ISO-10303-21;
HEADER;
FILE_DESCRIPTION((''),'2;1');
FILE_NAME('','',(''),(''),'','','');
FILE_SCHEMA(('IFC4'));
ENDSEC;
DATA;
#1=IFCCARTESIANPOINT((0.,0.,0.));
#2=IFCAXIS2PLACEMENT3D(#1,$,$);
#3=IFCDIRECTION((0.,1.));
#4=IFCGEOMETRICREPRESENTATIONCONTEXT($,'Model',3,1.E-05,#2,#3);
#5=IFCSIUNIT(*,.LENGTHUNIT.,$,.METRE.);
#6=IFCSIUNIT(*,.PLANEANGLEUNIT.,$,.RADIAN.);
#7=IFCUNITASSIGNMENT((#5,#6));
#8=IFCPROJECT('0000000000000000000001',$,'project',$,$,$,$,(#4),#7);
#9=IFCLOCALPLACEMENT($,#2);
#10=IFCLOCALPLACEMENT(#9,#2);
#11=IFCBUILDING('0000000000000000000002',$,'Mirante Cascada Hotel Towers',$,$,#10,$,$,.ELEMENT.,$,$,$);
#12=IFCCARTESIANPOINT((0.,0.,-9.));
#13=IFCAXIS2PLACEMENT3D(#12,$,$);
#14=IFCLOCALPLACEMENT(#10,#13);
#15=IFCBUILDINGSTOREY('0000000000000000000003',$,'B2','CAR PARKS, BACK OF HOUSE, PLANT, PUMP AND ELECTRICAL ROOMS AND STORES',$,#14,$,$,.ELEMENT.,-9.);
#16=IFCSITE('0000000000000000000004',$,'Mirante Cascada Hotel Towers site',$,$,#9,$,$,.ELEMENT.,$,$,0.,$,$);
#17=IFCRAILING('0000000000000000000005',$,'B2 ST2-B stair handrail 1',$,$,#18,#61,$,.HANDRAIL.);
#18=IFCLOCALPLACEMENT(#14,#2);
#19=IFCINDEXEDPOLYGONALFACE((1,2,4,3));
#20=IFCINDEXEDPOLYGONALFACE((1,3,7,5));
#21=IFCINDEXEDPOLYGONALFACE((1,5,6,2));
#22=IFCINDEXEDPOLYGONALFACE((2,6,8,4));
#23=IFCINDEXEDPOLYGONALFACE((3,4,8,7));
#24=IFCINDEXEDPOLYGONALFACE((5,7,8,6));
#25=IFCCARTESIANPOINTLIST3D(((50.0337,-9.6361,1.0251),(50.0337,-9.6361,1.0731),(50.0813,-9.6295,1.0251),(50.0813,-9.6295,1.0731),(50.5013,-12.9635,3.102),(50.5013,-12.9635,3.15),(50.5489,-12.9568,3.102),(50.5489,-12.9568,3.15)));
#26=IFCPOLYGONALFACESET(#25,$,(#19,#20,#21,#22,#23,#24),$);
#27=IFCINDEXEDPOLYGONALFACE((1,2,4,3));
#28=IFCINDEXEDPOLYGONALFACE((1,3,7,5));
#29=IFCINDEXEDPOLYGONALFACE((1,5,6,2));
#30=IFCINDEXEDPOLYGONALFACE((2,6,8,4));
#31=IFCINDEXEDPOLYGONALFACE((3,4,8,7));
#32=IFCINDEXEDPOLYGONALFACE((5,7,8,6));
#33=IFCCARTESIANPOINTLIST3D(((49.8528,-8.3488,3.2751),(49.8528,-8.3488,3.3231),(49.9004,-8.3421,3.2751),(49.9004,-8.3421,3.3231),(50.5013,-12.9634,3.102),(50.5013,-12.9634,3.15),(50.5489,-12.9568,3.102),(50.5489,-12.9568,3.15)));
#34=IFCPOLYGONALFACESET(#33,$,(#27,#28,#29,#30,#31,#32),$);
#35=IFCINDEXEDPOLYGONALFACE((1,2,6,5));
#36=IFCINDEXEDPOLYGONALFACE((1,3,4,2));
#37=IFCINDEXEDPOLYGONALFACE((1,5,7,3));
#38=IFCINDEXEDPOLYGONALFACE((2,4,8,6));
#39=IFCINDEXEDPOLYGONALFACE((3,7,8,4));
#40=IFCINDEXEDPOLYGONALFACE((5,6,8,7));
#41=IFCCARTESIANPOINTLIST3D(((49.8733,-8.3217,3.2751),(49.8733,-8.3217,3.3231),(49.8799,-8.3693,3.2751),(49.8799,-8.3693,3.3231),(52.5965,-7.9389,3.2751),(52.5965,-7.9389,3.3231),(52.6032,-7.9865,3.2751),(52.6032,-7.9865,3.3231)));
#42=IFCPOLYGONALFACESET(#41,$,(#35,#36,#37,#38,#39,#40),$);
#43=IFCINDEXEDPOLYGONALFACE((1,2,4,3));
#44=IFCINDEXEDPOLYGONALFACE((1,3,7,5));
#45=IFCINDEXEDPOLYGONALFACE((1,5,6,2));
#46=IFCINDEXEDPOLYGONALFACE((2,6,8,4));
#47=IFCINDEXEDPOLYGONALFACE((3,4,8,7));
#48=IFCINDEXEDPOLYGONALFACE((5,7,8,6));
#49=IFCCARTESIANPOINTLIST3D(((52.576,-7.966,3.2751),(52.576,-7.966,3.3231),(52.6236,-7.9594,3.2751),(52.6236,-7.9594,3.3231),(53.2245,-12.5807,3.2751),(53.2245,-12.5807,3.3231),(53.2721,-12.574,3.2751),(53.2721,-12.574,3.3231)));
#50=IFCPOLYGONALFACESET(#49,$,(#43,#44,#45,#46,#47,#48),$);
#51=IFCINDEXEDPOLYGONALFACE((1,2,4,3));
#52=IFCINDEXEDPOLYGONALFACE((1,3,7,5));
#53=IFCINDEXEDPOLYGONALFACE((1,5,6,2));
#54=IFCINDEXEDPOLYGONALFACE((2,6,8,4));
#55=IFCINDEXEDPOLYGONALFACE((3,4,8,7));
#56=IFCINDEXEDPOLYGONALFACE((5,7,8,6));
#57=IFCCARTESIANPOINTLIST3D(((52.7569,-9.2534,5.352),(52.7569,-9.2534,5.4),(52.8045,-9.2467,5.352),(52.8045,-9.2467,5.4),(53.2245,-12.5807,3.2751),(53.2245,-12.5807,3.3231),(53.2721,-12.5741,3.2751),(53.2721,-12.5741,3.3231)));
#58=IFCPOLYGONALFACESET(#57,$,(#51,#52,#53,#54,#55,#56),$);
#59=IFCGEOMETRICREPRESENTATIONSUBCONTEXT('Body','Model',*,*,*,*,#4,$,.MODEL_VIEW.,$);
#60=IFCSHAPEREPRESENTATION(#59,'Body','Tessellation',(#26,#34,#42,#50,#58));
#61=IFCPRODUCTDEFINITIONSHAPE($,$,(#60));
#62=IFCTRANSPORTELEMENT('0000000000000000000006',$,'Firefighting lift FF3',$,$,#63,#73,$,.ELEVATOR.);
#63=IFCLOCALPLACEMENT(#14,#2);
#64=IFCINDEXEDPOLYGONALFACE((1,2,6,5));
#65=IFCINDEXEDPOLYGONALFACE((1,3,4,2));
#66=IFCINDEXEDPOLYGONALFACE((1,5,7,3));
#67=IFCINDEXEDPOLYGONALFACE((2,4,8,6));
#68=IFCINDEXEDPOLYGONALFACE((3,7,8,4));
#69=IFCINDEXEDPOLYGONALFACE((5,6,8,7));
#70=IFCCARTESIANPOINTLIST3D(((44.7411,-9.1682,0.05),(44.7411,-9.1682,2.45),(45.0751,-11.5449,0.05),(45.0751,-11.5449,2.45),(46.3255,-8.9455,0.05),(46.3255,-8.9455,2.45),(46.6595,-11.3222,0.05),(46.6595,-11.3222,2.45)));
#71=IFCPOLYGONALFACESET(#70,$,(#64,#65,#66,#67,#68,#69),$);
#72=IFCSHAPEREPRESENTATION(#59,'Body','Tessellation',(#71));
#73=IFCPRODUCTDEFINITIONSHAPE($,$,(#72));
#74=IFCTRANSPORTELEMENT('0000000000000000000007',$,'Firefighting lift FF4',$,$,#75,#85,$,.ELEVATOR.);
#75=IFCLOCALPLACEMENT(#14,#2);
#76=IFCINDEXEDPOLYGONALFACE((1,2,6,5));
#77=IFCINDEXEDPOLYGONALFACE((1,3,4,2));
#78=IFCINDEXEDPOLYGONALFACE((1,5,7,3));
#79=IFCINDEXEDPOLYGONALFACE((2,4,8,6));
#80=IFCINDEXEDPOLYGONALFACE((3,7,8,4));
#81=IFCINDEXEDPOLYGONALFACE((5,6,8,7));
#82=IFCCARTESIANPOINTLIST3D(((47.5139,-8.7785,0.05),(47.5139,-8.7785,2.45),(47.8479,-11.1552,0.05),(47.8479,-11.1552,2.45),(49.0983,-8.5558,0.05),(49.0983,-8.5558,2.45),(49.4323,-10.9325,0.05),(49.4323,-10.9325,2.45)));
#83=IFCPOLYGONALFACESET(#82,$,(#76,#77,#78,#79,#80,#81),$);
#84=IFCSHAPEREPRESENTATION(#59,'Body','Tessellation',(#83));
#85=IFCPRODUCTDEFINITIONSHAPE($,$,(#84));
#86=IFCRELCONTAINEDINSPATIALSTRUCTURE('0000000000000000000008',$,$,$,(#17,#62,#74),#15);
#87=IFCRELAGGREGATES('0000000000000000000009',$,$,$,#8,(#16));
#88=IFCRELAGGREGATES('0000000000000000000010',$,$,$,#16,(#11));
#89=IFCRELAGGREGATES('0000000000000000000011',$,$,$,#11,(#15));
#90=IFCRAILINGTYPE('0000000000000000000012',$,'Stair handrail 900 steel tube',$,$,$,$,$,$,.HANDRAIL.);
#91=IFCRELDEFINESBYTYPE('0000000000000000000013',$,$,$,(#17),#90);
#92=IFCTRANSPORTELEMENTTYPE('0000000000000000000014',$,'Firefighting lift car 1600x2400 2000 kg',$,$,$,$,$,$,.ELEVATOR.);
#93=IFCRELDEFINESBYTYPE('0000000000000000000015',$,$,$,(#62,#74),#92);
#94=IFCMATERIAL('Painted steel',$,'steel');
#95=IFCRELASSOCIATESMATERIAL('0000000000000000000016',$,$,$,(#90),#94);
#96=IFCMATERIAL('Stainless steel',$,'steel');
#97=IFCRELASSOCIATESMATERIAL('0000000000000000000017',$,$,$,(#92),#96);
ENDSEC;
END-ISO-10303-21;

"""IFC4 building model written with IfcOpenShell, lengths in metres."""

from ifc_helpers import new_model, si_unit, direction, frame, origin, origin_2d, place, context, subcontext, project, spatial, rectangle, extrude, material, type_object, element, save


model = new_model("IFC4")

# Units and contexts
model_context = context("Model", 3, precision=1e-05, world=origin(), true_north=direction((0.0, 1.0)))
body_context = subcontext(model_context, "Body", "Model", "MODEL_VIEW")
ifc_project = project(units=[si_unit("LENGTHUNIT", "METRE"), si_unit("PLANEANGLEUNIT", "RADIAN")], contexts=[model_context])

# Site, building, storey
site_placement = place(None, origin())
site = spatial("IfcSite", under=ifc_project, at=site_placement, Name="Mirante Cascada Hotel Towers site", CompositionType="ELEMENT", RefElevation=0.0)
building_placement = place(site_placement, origin())
building = spatial("IfcBuilding", under=site, at=building_placement, Name="Mirante Cascada Hotel Towers", CompositionType="ELEMENT")
storey_placement = place(building_placement, frame((0.0, 0.0, -9.0)))
storey = spatial("IfcBuildingStorey", under=building, at=storey_placement, Name="B2", Description="CAR PARKS, BACK OF HOUSE, PLANT, PUMP AND ELECTRICAL ROOMS AND STORES", CompositionType="ELEMENT", Elevation=-9.0)

# Railing
ifc_material_1 = material(Name="Painted steel", Category="steel")
railing_type_1 = type_object("IfcRailingType", Name="Stair handrail 900 steel tube", PredefinedType="HANDRAIL", material=ifc_material_1)
railing_1_placement = place(storey_placement, frame((50.0575, -9.6328, 0.1731)))
element("IfcRailing", 1, at=railing_1_placement, inside=storey, type_object=railing_type_1, Name="B2 ST2-B stair handrail 1", PredefinedType="HANDRAIL", context=body_context, shape_type="SweptSolid", body=[
    extrude(rectangle(XDim=0.048, YDim=0.048, at=origin_2d()), frame((0.0, 0.0, 0.876), z_axis=(0.139167, -0.990269, 0.0), x_axis=(0.990269, 0.139167, 0.0)), (0.0, 0.525787, 0.850616), 3.9501),
    extrude(rectangle(XDim=0.048, YDim=0.048, at=origin_2d()), frame((0.4676, -3.3273, 2.9529), z_axis=(-0.139165, 0.990269, 0.0), x_axis=(-0.990269, -0.139165, 0.0)), (0.0, 0.037121, 0.999311), 4.6632),
    extrude(rectangle(XDim=0.048, YDim=0.048, at=origin_2d()), frame((-0.1809, 1.2873, 3.126), z_axis=(0.990264, 0.139201, 0.0), x_axis=(-0.139201, 0.990264, 0.0)), (0.0, 0.0, 1.0), 2.75),
    extrude(rectangle(XDim=0.048, YDim=0.048, at=origin_2d()), frame((2.5423, 1.6701, 3.126), z_axis=(0.139162, -0.99027, 0.0), x_axis=(0.99027, 0.139162, 0.0)), (0.0, 0.0, 1.0), 4.66),
    extrude(rectangle(XDim=0.048, YDim=0.048, at=origin_2d()), frame((3.1908, -2.9446, 3.126), z_axis=(-0.139167, 0.990269, 0.0), x_axis=(-0.990269, -0.139167, 0.0)), (0.0, 0.525787, 0.850616), 3.9501),
])

# Transport elements
ifc_material_2 = material(Name="Stainless steel", Category="steel")
transport_element_type = type_object("IfcTransportElementType", Name="Firefighting lift car 1600x2400 2000 kg", PredefinedType="ELEVATOR", material=ifc_material_2)
for number, where, z_axis, x_axis, name in (
    (2, (45.7003, -10.2452, 0.05), (0.0, 0.0, 1.0), (0.990268, 0.139173, 0.0), "Firefighting lift FF3"),
    (3, (48.4731, -9.8555, 0.05), (0.0, 0.0, 1.0), (0.990268, 0.139173, 0.0), "Firefighting lift FF4"),
):
    element("IfcTransportElement", number, at=place(storey_placement, frame(where, z_axis=z_axis, x_axis=x_axis)), inside=storey, type_object=transport_element_type, Name=name, PredefinedType="ELEVATOR", context=body_context, shape_type="SweptSolid", body=[
        extrude(rectangle(XDim=1.6, YDim=2.4, at=origin_2d()), origin(), (0.0, 0.0, 1.0), 2.4),
    ])

save(model, "model.ifc")
